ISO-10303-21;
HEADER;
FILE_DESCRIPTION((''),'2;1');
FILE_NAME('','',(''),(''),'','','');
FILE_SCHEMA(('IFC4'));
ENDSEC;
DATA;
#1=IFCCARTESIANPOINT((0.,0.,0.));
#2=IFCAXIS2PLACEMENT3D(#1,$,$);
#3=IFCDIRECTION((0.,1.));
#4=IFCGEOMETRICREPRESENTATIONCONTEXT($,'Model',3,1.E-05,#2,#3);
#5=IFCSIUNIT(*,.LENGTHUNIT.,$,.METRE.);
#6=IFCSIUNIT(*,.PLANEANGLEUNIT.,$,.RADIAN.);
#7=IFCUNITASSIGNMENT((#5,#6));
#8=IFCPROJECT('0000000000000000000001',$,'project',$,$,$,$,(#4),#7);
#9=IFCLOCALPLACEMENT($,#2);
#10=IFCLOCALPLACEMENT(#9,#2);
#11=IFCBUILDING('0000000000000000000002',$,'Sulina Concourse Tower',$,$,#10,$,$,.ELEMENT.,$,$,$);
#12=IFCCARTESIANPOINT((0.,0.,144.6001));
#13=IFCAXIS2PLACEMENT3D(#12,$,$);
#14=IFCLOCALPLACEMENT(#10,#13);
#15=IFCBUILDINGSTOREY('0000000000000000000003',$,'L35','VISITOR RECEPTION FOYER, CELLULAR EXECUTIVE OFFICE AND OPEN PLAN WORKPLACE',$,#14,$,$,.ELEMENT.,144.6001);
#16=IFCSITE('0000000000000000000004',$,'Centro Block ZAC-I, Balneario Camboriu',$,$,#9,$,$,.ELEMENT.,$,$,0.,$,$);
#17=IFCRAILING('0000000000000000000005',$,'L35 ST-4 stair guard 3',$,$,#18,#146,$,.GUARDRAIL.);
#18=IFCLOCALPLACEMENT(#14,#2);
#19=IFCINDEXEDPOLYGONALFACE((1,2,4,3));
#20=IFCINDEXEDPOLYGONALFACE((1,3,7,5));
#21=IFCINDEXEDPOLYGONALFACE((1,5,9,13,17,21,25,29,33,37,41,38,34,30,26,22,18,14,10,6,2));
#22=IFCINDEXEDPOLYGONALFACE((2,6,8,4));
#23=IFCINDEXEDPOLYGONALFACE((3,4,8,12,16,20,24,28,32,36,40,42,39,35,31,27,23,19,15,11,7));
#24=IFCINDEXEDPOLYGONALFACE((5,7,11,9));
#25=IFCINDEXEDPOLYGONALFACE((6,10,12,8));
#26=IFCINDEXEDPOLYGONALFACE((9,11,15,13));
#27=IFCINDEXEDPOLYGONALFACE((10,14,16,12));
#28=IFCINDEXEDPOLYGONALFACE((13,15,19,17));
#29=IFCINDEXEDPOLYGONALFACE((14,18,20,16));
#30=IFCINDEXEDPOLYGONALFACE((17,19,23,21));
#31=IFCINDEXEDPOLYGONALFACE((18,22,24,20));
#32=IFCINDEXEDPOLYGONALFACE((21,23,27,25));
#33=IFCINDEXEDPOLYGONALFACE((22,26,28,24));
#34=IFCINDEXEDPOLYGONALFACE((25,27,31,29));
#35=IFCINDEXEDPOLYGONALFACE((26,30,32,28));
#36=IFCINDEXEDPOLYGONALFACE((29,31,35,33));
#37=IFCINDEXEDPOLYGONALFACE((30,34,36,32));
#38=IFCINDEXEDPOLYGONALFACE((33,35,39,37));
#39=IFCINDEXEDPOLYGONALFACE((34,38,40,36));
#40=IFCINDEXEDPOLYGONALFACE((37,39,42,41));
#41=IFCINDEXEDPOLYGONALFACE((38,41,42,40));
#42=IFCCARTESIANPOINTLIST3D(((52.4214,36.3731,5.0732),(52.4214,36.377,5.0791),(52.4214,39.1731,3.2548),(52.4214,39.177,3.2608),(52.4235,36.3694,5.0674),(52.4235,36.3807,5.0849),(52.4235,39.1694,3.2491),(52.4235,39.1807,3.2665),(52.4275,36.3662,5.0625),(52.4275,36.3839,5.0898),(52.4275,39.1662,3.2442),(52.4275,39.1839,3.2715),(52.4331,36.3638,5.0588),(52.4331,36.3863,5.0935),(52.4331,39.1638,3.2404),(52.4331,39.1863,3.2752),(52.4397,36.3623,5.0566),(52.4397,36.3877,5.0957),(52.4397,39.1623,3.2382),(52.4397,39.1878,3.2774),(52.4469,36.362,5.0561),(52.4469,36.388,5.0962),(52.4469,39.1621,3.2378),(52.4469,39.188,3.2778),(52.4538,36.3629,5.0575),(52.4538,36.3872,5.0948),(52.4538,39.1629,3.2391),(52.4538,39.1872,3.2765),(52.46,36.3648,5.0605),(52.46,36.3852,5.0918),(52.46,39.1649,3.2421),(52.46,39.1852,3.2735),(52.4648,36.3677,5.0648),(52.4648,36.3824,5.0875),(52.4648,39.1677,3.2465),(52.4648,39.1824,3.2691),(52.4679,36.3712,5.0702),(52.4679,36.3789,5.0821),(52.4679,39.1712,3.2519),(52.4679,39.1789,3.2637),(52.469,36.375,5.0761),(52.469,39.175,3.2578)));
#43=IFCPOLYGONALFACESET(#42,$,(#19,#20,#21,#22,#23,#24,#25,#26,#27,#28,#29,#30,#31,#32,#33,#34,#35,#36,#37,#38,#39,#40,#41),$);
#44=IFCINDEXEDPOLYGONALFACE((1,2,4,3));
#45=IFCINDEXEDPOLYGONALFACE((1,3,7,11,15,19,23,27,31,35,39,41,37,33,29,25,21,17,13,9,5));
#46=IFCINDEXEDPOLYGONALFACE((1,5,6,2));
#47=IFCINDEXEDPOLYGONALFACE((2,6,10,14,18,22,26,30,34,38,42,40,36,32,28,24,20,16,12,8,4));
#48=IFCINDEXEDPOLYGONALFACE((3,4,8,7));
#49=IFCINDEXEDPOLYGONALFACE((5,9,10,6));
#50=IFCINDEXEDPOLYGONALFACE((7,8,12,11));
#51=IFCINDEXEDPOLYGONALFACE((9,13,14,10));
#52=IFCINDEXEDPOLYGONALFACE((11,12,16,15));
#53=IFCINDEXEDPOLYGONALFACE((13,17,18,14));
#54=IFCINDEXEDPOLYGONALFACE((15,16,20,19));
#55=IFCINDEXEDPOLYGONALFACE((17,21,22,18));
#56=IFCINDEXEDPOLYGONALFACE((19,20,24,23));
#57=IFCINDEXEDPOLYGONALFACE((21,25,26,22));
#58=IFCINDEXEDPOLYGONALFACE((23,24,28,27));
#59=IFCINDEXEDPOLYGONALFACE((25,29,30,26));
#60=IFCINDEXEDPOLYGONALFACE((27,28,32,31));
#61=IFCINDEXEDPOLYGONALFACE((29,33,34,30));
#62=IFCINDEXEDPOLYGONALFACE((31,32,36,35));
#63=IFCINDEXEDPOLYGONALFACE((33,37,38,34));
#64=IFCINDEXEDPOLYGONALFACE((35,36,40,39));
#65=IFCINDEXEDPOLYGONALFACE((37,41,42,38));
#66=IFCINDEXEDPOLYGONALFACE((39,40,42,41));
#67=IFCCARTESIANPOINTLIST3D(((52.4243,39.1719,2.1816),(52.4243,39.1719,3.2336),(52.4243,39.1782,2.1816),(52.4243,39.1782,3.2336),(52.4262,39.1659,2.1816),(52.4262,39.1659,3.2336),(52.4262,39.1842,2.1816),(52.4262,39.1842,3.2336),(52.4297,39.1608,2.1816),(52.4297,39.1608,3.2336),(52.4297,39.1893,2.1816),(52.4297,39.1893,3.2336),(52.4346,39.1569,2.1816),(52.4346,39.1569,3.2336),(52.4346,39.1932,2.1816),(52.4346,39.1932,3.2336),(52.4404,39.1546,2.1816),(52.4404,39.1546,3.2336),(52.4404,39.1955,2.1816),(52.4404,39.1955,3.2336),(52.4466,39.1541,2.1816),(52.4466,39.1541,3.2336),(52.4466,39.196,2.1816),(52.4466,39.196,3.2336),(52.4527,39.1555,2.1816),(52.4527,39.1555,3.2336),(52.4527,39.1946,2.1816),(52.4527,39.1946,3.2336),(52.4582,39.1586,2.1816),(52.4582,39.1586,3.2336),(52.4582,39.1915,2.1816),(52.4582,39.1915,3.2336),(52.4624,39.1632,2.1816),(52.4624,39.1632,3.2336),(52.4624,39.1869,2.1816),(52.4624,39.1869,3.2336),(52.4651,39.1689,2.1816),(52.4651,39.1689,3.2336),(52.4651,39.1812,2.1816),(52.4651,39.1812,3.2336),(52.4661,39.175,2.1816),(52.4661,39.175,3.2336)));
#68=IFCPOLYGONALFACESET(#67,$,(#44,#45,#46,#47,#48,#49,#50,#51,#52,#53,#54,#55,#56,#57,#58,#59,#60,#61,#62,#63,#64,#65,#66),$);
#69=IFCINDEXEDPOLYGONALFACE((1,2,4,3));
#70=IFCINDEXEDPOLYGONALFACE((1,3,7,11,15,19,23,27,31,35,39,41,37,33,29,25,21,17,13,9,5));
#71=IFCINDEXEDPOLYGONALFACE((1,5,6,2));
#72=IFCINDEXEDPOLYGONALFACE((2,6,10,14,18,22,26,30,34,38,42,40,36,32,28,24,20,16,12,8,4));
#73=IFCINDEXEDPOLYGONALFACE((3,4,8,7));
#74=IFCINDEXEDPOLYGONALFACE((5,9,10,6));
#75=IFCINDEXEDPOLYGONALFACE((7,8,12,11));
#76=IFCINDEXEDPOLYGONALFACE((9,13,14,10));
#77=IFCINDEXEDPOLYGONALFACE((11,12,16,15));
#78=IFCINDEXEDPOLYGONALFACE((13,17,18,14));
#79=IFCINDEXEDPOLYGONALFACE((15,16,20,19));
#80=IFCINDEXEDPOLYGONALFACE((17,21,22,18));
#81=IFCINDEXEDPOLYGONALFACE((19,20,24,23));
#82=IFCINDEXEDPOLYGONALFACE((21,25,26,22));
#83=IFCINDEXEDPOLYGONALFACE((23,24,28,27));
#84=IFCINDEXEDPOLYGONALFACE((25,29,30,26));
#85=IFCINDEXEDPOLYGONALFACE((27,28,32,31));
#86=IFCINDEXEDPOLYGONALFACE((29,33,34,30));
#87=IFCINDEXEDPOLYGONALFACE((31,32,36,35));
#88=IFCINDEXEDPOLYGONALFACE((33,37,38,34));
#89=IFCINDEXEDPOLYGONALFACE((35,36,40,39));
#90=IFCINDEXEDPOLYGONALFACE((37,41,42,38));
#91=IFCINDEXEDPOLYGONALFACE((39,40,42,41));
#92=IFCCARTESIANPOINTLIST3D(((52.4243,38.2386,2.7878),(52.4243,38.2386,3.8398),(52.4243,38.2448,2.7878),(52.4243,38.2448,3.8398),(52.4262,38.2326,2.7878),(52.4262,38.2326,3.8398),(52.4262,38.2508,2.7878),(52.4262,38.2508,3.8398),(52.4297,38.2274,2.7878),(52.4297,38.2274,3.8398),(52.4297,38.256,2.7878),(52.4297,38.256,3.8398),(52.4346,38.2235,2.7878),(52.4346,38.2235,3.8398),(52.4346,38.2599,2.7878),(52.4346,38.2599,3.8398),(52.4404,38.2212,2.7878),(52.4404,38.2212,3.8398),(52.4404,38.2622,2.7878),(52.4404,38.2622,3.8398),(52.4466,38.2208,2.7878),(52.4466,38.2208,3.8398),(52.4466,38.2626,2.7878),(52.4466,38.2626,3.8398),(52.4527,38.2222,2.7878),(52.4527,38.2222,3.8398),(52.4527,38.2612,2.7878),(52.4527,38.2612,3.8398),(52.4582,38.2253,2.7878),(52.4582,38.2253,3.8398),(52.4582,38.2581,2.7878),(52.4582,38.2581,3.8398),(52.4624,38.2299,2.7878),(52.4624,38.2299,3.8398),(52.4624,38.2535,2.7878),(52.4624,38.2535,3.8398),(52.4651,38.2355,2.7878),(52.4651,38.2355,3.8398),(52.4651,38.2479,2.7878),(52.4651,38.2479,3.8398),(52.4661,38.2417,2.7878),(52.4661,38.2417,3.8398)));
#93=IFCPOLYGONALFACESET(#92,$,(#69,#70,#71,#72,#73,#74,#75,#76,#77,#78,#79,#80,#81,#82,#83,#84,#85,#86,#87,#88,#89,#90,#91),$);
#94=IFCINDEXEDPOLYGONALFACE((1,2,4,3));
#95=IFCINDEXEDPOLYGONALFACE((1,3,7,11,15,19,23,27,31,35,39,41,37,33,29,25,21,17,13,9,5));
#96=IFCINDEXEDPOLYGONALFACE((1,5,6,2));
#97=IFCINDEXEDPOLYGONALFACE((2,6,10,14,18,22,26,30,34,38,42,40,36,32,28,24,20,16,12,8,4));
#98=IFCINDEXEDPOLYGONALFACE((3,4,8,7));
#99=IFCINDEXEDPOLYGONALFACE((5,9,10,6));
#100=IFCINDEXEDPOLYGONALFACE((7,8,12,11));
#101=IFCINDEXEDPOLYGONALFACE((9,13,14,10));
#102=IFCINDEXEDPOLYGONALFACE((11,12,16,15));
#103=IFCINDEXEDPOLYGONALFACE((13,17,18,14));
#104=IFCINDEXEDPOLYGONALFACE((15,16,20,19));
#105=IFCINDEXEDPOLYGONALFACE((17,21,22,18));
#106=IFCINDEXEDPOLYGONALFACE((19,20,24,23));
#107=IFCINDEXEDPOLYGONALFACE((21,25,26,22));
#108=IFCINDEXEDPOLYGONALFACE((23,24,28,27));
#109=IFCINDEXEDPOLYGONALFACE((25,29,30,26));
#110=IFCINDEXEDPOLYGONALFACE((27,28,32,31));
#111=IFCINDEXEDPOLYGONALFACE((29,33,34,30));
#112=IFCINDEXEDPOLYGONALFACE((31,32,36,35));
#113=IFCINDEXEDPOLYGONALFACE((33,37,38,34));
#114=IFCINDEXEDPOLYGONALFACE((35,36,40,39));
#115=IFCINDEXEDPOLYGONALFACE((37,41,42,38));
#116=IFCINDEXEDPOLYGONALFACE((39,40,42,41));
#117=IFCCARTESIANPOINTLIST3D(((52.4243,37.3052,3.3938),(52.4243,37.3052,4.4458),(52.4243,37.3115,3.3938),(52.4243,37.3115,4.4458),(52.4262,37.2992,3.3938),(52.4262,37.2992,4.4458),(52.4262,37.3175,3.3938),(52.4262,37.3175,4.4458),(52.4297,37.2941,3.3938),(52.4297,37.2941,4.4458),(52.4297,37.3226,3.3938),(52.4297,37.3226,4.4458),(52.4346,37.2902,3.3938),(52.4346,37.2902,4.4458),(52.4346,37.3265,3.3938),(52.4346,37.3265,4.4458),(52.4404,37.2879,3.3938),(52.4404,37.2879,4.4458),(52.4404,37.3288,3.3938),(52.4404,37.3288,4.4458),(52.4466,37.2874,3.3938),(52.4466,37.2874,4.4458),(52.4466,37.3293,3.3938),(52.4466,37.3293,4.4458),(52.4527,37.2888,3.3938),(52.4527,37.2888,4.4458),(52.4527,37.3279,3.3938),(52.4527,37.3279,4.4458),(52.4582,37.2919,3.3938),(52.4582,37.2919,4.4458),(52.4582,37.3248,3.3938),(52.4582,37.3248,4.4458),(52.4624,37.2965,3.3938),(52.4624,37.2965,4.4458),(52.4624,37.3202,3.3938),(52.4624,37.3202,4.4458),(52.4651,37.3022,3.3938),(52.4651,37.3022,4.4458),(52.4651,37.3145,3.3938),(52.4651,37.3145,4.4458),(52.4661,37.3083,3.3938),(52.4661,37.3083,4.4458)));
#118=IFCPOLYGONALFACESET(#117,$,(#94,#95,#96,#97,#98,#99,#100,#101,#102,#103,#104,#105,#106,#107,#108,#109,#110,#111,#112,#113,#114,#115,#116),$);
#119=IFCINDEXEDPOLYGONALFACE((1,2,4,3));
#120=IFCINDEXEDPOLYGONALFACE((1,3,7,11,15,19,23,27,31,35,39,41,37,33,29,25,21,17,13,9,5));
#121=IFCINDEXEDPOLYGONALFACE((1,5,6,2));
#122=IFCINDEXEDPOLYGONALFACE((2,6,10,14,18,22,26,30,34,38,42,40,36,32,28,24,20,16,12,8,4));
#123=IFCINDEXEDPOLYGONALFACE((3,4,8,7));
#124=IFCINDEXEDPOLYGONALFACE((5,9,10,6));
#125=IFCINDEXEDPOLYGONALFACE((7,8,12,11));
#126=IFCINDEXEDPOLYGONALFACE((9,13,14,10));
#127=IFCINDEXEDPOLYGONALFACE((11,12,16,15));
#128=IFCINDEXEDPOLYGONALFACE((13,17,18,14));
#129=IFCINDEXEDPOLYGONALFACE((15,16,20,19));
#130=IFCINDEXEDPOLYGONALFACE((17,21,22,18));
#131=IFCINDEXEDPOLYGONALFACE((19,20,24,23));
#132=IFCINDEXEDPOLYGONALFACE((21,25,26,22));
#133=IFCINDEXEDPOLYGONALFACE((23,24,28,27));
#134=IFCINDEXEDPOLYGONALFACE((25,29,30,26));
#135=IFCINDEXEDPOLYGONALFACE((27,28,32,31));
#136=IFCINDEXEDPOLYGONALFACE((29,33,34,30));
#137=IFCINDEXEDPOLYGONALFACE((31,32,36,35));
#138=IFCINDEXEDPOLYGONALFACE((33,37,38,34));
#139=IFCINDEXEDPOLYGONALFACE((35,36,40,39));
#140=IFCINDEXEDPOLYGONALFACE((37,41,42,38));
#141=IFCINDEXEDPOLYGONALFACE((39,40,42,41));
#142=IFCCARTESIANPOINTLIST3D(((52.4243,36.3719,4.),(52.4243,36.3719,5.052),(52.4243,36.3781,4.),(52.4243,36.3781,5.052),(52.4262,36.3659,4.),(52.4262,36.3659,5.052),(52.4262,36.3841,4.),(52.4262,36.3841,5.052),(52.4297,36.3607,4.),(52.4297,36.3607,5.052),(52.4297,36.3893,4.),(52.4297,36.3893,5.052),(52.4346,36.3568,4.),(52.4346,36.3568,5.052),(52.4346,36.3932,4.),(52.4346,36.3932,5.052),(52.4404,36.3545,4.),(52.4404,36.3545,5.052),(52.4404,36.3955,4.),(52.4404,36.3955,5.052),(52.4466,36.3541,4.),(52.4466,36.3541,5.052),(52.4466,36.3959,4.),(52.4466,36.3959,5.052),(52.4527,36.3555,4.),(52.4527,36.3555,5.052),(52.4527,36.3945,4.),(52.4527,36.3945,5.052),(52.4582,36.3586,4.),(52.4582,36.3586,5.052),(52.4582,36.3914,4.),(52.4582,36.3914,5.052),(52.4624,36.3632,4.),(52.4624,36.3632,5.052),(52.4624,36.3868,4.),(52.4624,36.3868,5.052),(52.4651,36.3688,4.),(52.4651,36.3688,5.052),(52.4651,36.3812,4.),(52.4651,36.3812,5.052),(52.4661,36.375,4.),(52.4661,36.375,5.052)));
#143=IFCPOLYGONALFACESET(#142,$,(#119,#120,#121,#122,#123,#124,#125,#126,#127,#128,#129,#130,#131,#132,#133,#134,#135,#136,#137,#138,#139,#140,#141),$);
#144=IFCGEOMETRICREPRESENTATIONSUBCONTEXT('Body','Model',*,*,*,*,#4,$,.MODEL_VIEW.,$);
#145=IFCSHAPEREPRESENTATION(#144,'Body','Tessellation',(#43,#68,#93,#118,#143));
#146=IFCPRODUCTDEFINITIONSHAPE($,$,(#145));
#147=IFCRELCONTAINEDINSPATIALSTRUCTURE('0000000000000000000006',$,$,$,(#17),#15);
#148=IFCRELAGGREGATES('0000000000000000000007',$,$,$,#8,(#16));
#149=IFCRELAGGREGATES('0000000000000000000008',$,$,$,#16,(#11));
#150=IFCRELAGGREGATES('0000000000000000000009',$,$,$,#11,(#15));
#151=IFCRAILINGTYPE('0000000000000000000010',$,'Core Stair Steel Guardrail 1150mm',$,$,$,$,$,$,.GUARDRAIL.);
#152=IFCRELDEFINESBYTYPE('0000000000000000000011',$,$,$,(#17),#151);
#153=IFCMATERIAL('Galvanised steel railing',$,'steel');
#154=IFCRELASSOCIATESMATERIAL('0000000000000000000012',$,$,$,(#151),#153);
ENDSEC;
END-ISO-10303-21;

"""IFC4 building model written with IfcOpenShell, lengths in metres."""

from ifc_helpers import new_model, si_unit, direction, frame, origin, origin_2d, place, context, subcontext, project, spatial, circle, extrude, material, type_object, element, save


model = new_model("IFC4")

# Units and contexts
model_context = context("Model", 3, precision=1e-05, world=origin(), true_north=direction((0.0, 1.0)))
body_context = subcontext(model_context, "Body", "Model", "MODEL_VIEW")
ifc_project = project(units=[si_unit("LENGTHUNIT", "METRE"), si_unit("PLANEANGLEUNIT", "RADIAN")], contexts=[model_context])

# Site, building, storey
site_placement = place(None, origin())
site = spatial("IfcSite", under=ifc_project, at=site_placement, Name="Centro Block ZAC-I, Balneario Camboriu", CompositionType="ELEMENT", RefElevation=0.0)
building_placement = place(site_placement, origin())
building = spatial("IfcBuilding", under=site, at=building_placement, Name="Sulina Concourse Tower", CompositionType="ELEMENT")
storey_placement = place(building_placement, frame((0.0, 0.0, 144.6001)))
storey = spatial("IfcBuildingStorey", under=building, at=storey_placement, Name="L35", Description="VISITOR RECEPTION FOYER, CELLULAR EXECUTIVE OFFICE AND OPEN PLAN WORKPLACE", CompositionType="ELEMENT", Elevation=144.6001)

# Railing
ifc_material_1 = material(Name="Galvanised steel railing", Category="steel")
railing_type_1 = type_object("IfcRailingType", Name="Core Stair Steel Guardrail 1150mm", PredefinedType="GUARDRAIL", material=ifc_material_1)
railing_1_placement = place(storey_placement, frame((52.4451, 39.175, 2.1816)))
element("IfcRailing", 1, at=railing_1_placement, inside=storey, type_object=railing_type_1, Name="L35 ST-4 stair guard 3", PredefinedType="GUARDRAIL", context=body_context, shape_type="SweptSolid", body=[
    extrude(circle(Radius=0.0239, at=origin_2d()), frame((0.0, 0.0, 1.0762), z_axis=(0.0, -0.838672, 0.544636), x_axis=(1.0, 0.0, 0.0)), (0.0, 0.0, 1.0), 3.3386),
    extrude(circle(Radius=0.021, at=origin_2d()), origin(), (0.0, 0.0, 1.0), 1.052),
    extrude(circle(Radius=0.021, at=origin_2d()), frame((0.0, -0.9333, 0.6062)), (0.0, 0.0, 1.0), 1.052),
    extrude(circle(Radius=0.021, at=origin_2d()), frame((0.0, -1.8667, 1.2122)), (0.0, 0.0, 1.0), 1.052),
    extrude(circle(Radius=0.021, at=origin_2d()), frame((0.0, -2.8, 1.8184)), (0.0, 0.0, 1.0), 1.052),
])

save(model, "model.ifc")
